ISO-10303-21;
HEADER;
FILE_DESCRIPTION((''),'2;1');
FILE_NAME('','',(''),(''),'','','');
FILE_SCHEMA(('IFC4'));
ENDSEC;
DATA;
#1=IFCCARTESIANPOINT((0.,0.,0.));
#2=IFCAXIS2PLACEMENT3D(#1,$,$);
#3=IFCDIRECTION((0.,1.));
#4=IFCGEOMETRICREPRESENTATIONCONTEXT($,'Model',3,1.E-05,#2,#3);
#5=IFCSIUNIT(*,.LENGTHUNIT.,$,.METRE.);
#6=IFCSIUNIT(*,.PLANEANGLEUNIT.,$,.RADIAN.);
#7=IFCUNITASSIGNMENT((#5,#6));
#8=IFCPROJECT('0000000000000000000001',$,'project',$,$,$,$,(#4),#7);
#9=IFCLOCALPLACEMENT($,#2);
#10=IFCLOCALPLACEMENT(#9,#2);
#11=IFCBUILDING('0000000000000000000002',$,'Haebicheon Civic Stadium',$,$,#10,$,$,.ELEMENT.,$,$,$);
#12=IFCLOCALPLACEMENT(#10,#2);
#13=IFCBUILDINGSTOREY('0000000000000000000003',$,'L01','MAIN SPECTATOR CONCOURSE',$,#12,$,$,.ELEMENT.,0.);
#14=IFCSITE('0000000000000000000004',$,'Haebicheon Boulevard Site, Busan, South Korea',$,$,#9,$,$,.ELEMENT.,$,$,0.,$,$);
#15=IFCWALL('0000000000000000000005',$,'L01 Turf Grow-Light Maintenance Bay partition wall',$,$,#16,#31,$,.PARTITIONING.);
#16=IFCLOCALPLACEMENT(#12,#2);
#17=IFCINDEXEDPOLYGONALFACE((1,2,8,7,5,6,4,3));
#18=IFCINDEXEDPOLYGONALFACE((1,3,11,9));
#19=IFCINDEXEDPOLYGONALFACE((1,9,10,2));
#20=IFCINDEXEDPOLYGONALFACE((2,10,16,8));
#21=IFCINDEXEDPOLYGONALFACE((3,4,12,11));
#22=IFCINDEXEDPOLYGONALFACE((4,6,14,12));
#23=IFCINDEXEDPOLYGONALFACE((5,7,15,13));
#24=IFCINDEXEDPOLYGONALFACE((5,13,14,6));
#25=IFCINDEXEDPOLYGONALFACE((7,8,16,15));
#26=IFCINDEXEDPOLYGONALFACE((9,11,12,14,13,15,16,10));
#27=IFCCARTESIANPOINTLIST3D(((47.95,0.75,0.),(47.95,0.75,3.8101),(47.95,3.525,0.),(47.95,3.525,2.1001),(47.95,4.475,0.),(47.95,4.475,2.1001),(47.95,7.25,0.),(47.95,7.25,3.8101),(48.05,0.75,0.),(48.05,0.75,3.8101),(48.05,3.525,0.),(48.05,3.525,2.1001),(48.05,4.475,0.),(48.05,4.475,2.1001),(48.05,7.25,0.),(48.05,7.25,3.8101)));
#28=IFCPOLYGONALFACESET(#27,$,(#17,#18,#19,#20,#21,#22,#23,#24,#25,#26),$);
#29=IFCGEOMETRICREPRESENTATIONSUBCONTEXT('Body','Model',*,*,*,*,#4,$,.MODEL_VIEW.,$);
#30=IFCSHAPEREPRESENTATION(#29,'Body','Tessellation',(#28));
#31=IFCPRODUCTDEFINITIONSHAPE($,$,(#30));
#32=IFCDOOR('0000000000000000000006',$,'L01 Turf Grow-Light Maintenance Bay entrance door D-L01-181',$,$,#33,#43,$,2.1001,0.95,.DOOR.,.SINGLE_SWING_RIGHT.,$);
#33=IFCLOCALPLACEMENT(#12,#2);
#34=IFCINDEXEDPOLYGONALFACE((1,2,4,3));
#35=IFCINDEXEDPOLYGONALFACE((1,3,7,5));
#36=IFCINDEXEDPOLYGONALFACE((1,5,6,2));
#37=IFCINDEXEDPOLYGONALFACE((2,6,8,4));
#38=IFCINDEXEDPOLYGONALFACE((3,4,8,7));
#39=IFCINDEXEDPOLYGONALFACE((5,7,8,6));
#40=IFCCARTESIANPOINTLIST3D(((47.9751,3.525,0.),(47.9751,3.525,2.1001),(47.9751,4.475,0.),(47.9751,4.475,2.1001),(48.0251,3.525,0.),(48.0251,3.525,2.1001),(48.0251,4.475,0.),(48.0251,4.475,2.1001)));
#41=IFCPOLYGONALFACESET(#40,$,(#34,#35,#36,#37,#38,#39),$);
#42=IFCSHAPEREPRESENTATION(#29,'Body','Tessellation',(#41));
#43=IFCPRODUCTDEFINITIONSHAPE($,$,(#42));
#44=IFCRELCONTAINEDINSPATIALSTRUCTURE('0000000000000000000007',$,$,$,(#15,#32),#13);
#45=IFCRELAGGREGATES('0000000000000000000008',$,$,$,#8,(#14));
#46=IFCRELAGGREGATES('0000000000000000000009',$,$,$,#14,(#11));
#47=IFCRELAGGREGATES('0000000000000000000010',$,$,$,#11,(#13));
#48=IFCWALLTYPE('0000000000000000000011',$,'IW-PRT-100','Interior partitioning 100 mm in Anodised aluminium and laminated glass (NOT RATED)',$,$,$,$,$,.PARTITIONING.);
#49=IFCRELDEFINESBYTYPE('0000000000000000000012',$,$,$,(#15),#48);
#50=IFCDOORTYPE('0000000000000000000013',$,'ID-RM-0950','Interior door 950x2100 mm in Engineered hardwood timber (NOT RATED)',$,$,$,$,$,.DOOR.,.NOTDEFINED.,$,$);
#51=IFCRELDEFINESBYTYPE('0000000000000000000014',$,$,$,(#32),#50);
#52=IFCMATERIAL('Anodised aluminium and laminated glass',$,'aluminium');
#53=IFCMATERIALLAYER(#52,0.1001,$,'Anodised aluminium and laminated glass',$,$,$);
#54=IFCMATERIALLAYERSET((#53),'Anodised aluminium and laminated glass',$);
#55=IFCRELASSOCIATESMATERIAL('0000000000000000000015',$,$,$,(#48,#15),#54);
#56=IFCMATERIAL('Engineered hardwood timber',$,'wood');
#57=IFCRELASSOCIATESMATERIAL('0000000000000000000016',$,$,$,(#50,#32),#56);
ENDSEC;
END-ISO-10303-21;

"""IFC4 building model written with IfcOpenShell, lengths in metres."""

from ifc_helpers import new_model, si_unit, direction, frame, frame_2d, origin, place, context, subcontext, project, spatial, rectangle, extrude, material, layer, layer_set, type_object, element, fill, save


model = new_model("IFC4")

# Units and contexts
model_context = context("Model", 3, precision=1e-05, world=origin(), true_north=direction((0.0, 1.0)))
body_context = subcontext(model_context, "Body", "Model", "MODEL_VIEW")
ifc_project = project(units=[si_unit("LENGTHUNIT", "METRE"), si_unit("PLANEANGLEUNIT", "RADIAN")], contexts=[model_context])

# Site, building, storey
site_placement = place(None, origin())
site = spatial("IfcSite", under=ifc_project, at=site_placement, Name="Haebicheon Boulevard Site, Busan, South Korea", CompositionType="ELEMENT", RefElevation=0.0)
building_placement = place(site_placement, origin())
building = spatial("IfcBuilding", under=site, at=building_placement, Name="Haebicheon Civic Stadium", CompositionType="ELEMENT")
storey_placement = place(building_placement, origin())
storey = spatial("IfcBuildingStorey", under=building, at=storey_placement, Name="L01", Description="MAIN SPECTATOR CONCOURSE", CompositionType="ELEMENT", Elevation=0.0)

# Wall, opening, door
ifc_material_1 = material(Name="Anodised aluminium and laminated glass", Category="aluminium")
ifc_layer_1 = layer(ifc_material_1, 0.1001, Name="Anodised aluminium and laminated glass")
ifc_layer_set_1 = layer_set([ifc_layer_1], Name="Anodised aluminium and laminated glass")
wall_type_1 = type_object("IfcWallType", Name="IW-PRT-100", Description="Interior partitioning 100 mm in Anodised aluminium and laminated glass (NOT RATED)", PredefinedType="PARTITIONING", material=ifc_layer_set_1)
wall_1_placement = place(storey_placement, frame((48.0, 0.75, 0.0), z_axis=(0.0, 0.0, 1.0), x_axis=(0.0, 1.0, 0.0)))
wall_1 = element("IfcWall", 1, at=wall_1_placement, inside=storey, type_object=wall_type_1, material=ifc_layer_set_1, Name="L01 Turf Grow-Light Maintenance Bay partition wall", PredefinedType="PARTITIONING", context=body_context, shape_type="SweptSolid", body=[
    extrude(rectangle(XDim=6.5, YDim=0.1001, at=frame_2d((3.25, 0.0))), origin(), (0.0, 0.0, 1.0), 3.8101),
])
opening_1_placement = place(wall_1_placement, frame((2.7749, 0.0, 0.0)))
opening_1 = element("IfcOpeningElement", 2, at=opening_1_placement, cuts=wall_1, PredefinedType="OPENING", context=body_context, shape_type="SweptSolid", body=[
    extrude(rectangle(XDim=0.95, YDim=2.1001, at=frame_2d((0.4751, 1.05))), frame((0.0, 0.0601, 0.0), z_axis=(0.0, -1.0, 0.0), x_axis=(1.0, 0.0, 0.0)), (0.0, 0.0, 1.0), 0.1201),
])
ifc_material_2 = material(Name="Engineered hardwood timber", Category="wood")
door_type_1 = type_object("IfcDoorType", Name="ID-RM-0950", Description="Interior door 950x2100 mm in Engineered hardwood timber (NOT RATED)", OperationType="NOTDEFINED", PredefinedType="DOOR", material=ifc_material_2)
door_1_placement = place(opening_1_placement, origin())
door_1 = element("IfcDoor", 3, at=door_1_placement, inside=storey, type_object=door_type_1, material=ifc_material_2, Name="L01 Turf Grow-Light Maintenance Bay entrance door D-L01-181", OperationType="SINGLE_SWING_RIGHT", OverallHeight=2.1001, OverallWidth=0.95, PredefinedType="DOOR", context=body_context, shape_type="SweptSolid", body=[
    extrude(rectangle(XDim=0.95, YDim=2.1001, at=frame_2d((0.4751, 1.05))), frame((0.0, 0.0249, 0.0), z_axis=(0.0, -1.0, 0.0), x_axis=(1.0, 0.0, 0.0)), (0.0, 0.0, 1.0), 0.05),
])
fill(opening_1, door_1)

save(model, "model.ifc")
